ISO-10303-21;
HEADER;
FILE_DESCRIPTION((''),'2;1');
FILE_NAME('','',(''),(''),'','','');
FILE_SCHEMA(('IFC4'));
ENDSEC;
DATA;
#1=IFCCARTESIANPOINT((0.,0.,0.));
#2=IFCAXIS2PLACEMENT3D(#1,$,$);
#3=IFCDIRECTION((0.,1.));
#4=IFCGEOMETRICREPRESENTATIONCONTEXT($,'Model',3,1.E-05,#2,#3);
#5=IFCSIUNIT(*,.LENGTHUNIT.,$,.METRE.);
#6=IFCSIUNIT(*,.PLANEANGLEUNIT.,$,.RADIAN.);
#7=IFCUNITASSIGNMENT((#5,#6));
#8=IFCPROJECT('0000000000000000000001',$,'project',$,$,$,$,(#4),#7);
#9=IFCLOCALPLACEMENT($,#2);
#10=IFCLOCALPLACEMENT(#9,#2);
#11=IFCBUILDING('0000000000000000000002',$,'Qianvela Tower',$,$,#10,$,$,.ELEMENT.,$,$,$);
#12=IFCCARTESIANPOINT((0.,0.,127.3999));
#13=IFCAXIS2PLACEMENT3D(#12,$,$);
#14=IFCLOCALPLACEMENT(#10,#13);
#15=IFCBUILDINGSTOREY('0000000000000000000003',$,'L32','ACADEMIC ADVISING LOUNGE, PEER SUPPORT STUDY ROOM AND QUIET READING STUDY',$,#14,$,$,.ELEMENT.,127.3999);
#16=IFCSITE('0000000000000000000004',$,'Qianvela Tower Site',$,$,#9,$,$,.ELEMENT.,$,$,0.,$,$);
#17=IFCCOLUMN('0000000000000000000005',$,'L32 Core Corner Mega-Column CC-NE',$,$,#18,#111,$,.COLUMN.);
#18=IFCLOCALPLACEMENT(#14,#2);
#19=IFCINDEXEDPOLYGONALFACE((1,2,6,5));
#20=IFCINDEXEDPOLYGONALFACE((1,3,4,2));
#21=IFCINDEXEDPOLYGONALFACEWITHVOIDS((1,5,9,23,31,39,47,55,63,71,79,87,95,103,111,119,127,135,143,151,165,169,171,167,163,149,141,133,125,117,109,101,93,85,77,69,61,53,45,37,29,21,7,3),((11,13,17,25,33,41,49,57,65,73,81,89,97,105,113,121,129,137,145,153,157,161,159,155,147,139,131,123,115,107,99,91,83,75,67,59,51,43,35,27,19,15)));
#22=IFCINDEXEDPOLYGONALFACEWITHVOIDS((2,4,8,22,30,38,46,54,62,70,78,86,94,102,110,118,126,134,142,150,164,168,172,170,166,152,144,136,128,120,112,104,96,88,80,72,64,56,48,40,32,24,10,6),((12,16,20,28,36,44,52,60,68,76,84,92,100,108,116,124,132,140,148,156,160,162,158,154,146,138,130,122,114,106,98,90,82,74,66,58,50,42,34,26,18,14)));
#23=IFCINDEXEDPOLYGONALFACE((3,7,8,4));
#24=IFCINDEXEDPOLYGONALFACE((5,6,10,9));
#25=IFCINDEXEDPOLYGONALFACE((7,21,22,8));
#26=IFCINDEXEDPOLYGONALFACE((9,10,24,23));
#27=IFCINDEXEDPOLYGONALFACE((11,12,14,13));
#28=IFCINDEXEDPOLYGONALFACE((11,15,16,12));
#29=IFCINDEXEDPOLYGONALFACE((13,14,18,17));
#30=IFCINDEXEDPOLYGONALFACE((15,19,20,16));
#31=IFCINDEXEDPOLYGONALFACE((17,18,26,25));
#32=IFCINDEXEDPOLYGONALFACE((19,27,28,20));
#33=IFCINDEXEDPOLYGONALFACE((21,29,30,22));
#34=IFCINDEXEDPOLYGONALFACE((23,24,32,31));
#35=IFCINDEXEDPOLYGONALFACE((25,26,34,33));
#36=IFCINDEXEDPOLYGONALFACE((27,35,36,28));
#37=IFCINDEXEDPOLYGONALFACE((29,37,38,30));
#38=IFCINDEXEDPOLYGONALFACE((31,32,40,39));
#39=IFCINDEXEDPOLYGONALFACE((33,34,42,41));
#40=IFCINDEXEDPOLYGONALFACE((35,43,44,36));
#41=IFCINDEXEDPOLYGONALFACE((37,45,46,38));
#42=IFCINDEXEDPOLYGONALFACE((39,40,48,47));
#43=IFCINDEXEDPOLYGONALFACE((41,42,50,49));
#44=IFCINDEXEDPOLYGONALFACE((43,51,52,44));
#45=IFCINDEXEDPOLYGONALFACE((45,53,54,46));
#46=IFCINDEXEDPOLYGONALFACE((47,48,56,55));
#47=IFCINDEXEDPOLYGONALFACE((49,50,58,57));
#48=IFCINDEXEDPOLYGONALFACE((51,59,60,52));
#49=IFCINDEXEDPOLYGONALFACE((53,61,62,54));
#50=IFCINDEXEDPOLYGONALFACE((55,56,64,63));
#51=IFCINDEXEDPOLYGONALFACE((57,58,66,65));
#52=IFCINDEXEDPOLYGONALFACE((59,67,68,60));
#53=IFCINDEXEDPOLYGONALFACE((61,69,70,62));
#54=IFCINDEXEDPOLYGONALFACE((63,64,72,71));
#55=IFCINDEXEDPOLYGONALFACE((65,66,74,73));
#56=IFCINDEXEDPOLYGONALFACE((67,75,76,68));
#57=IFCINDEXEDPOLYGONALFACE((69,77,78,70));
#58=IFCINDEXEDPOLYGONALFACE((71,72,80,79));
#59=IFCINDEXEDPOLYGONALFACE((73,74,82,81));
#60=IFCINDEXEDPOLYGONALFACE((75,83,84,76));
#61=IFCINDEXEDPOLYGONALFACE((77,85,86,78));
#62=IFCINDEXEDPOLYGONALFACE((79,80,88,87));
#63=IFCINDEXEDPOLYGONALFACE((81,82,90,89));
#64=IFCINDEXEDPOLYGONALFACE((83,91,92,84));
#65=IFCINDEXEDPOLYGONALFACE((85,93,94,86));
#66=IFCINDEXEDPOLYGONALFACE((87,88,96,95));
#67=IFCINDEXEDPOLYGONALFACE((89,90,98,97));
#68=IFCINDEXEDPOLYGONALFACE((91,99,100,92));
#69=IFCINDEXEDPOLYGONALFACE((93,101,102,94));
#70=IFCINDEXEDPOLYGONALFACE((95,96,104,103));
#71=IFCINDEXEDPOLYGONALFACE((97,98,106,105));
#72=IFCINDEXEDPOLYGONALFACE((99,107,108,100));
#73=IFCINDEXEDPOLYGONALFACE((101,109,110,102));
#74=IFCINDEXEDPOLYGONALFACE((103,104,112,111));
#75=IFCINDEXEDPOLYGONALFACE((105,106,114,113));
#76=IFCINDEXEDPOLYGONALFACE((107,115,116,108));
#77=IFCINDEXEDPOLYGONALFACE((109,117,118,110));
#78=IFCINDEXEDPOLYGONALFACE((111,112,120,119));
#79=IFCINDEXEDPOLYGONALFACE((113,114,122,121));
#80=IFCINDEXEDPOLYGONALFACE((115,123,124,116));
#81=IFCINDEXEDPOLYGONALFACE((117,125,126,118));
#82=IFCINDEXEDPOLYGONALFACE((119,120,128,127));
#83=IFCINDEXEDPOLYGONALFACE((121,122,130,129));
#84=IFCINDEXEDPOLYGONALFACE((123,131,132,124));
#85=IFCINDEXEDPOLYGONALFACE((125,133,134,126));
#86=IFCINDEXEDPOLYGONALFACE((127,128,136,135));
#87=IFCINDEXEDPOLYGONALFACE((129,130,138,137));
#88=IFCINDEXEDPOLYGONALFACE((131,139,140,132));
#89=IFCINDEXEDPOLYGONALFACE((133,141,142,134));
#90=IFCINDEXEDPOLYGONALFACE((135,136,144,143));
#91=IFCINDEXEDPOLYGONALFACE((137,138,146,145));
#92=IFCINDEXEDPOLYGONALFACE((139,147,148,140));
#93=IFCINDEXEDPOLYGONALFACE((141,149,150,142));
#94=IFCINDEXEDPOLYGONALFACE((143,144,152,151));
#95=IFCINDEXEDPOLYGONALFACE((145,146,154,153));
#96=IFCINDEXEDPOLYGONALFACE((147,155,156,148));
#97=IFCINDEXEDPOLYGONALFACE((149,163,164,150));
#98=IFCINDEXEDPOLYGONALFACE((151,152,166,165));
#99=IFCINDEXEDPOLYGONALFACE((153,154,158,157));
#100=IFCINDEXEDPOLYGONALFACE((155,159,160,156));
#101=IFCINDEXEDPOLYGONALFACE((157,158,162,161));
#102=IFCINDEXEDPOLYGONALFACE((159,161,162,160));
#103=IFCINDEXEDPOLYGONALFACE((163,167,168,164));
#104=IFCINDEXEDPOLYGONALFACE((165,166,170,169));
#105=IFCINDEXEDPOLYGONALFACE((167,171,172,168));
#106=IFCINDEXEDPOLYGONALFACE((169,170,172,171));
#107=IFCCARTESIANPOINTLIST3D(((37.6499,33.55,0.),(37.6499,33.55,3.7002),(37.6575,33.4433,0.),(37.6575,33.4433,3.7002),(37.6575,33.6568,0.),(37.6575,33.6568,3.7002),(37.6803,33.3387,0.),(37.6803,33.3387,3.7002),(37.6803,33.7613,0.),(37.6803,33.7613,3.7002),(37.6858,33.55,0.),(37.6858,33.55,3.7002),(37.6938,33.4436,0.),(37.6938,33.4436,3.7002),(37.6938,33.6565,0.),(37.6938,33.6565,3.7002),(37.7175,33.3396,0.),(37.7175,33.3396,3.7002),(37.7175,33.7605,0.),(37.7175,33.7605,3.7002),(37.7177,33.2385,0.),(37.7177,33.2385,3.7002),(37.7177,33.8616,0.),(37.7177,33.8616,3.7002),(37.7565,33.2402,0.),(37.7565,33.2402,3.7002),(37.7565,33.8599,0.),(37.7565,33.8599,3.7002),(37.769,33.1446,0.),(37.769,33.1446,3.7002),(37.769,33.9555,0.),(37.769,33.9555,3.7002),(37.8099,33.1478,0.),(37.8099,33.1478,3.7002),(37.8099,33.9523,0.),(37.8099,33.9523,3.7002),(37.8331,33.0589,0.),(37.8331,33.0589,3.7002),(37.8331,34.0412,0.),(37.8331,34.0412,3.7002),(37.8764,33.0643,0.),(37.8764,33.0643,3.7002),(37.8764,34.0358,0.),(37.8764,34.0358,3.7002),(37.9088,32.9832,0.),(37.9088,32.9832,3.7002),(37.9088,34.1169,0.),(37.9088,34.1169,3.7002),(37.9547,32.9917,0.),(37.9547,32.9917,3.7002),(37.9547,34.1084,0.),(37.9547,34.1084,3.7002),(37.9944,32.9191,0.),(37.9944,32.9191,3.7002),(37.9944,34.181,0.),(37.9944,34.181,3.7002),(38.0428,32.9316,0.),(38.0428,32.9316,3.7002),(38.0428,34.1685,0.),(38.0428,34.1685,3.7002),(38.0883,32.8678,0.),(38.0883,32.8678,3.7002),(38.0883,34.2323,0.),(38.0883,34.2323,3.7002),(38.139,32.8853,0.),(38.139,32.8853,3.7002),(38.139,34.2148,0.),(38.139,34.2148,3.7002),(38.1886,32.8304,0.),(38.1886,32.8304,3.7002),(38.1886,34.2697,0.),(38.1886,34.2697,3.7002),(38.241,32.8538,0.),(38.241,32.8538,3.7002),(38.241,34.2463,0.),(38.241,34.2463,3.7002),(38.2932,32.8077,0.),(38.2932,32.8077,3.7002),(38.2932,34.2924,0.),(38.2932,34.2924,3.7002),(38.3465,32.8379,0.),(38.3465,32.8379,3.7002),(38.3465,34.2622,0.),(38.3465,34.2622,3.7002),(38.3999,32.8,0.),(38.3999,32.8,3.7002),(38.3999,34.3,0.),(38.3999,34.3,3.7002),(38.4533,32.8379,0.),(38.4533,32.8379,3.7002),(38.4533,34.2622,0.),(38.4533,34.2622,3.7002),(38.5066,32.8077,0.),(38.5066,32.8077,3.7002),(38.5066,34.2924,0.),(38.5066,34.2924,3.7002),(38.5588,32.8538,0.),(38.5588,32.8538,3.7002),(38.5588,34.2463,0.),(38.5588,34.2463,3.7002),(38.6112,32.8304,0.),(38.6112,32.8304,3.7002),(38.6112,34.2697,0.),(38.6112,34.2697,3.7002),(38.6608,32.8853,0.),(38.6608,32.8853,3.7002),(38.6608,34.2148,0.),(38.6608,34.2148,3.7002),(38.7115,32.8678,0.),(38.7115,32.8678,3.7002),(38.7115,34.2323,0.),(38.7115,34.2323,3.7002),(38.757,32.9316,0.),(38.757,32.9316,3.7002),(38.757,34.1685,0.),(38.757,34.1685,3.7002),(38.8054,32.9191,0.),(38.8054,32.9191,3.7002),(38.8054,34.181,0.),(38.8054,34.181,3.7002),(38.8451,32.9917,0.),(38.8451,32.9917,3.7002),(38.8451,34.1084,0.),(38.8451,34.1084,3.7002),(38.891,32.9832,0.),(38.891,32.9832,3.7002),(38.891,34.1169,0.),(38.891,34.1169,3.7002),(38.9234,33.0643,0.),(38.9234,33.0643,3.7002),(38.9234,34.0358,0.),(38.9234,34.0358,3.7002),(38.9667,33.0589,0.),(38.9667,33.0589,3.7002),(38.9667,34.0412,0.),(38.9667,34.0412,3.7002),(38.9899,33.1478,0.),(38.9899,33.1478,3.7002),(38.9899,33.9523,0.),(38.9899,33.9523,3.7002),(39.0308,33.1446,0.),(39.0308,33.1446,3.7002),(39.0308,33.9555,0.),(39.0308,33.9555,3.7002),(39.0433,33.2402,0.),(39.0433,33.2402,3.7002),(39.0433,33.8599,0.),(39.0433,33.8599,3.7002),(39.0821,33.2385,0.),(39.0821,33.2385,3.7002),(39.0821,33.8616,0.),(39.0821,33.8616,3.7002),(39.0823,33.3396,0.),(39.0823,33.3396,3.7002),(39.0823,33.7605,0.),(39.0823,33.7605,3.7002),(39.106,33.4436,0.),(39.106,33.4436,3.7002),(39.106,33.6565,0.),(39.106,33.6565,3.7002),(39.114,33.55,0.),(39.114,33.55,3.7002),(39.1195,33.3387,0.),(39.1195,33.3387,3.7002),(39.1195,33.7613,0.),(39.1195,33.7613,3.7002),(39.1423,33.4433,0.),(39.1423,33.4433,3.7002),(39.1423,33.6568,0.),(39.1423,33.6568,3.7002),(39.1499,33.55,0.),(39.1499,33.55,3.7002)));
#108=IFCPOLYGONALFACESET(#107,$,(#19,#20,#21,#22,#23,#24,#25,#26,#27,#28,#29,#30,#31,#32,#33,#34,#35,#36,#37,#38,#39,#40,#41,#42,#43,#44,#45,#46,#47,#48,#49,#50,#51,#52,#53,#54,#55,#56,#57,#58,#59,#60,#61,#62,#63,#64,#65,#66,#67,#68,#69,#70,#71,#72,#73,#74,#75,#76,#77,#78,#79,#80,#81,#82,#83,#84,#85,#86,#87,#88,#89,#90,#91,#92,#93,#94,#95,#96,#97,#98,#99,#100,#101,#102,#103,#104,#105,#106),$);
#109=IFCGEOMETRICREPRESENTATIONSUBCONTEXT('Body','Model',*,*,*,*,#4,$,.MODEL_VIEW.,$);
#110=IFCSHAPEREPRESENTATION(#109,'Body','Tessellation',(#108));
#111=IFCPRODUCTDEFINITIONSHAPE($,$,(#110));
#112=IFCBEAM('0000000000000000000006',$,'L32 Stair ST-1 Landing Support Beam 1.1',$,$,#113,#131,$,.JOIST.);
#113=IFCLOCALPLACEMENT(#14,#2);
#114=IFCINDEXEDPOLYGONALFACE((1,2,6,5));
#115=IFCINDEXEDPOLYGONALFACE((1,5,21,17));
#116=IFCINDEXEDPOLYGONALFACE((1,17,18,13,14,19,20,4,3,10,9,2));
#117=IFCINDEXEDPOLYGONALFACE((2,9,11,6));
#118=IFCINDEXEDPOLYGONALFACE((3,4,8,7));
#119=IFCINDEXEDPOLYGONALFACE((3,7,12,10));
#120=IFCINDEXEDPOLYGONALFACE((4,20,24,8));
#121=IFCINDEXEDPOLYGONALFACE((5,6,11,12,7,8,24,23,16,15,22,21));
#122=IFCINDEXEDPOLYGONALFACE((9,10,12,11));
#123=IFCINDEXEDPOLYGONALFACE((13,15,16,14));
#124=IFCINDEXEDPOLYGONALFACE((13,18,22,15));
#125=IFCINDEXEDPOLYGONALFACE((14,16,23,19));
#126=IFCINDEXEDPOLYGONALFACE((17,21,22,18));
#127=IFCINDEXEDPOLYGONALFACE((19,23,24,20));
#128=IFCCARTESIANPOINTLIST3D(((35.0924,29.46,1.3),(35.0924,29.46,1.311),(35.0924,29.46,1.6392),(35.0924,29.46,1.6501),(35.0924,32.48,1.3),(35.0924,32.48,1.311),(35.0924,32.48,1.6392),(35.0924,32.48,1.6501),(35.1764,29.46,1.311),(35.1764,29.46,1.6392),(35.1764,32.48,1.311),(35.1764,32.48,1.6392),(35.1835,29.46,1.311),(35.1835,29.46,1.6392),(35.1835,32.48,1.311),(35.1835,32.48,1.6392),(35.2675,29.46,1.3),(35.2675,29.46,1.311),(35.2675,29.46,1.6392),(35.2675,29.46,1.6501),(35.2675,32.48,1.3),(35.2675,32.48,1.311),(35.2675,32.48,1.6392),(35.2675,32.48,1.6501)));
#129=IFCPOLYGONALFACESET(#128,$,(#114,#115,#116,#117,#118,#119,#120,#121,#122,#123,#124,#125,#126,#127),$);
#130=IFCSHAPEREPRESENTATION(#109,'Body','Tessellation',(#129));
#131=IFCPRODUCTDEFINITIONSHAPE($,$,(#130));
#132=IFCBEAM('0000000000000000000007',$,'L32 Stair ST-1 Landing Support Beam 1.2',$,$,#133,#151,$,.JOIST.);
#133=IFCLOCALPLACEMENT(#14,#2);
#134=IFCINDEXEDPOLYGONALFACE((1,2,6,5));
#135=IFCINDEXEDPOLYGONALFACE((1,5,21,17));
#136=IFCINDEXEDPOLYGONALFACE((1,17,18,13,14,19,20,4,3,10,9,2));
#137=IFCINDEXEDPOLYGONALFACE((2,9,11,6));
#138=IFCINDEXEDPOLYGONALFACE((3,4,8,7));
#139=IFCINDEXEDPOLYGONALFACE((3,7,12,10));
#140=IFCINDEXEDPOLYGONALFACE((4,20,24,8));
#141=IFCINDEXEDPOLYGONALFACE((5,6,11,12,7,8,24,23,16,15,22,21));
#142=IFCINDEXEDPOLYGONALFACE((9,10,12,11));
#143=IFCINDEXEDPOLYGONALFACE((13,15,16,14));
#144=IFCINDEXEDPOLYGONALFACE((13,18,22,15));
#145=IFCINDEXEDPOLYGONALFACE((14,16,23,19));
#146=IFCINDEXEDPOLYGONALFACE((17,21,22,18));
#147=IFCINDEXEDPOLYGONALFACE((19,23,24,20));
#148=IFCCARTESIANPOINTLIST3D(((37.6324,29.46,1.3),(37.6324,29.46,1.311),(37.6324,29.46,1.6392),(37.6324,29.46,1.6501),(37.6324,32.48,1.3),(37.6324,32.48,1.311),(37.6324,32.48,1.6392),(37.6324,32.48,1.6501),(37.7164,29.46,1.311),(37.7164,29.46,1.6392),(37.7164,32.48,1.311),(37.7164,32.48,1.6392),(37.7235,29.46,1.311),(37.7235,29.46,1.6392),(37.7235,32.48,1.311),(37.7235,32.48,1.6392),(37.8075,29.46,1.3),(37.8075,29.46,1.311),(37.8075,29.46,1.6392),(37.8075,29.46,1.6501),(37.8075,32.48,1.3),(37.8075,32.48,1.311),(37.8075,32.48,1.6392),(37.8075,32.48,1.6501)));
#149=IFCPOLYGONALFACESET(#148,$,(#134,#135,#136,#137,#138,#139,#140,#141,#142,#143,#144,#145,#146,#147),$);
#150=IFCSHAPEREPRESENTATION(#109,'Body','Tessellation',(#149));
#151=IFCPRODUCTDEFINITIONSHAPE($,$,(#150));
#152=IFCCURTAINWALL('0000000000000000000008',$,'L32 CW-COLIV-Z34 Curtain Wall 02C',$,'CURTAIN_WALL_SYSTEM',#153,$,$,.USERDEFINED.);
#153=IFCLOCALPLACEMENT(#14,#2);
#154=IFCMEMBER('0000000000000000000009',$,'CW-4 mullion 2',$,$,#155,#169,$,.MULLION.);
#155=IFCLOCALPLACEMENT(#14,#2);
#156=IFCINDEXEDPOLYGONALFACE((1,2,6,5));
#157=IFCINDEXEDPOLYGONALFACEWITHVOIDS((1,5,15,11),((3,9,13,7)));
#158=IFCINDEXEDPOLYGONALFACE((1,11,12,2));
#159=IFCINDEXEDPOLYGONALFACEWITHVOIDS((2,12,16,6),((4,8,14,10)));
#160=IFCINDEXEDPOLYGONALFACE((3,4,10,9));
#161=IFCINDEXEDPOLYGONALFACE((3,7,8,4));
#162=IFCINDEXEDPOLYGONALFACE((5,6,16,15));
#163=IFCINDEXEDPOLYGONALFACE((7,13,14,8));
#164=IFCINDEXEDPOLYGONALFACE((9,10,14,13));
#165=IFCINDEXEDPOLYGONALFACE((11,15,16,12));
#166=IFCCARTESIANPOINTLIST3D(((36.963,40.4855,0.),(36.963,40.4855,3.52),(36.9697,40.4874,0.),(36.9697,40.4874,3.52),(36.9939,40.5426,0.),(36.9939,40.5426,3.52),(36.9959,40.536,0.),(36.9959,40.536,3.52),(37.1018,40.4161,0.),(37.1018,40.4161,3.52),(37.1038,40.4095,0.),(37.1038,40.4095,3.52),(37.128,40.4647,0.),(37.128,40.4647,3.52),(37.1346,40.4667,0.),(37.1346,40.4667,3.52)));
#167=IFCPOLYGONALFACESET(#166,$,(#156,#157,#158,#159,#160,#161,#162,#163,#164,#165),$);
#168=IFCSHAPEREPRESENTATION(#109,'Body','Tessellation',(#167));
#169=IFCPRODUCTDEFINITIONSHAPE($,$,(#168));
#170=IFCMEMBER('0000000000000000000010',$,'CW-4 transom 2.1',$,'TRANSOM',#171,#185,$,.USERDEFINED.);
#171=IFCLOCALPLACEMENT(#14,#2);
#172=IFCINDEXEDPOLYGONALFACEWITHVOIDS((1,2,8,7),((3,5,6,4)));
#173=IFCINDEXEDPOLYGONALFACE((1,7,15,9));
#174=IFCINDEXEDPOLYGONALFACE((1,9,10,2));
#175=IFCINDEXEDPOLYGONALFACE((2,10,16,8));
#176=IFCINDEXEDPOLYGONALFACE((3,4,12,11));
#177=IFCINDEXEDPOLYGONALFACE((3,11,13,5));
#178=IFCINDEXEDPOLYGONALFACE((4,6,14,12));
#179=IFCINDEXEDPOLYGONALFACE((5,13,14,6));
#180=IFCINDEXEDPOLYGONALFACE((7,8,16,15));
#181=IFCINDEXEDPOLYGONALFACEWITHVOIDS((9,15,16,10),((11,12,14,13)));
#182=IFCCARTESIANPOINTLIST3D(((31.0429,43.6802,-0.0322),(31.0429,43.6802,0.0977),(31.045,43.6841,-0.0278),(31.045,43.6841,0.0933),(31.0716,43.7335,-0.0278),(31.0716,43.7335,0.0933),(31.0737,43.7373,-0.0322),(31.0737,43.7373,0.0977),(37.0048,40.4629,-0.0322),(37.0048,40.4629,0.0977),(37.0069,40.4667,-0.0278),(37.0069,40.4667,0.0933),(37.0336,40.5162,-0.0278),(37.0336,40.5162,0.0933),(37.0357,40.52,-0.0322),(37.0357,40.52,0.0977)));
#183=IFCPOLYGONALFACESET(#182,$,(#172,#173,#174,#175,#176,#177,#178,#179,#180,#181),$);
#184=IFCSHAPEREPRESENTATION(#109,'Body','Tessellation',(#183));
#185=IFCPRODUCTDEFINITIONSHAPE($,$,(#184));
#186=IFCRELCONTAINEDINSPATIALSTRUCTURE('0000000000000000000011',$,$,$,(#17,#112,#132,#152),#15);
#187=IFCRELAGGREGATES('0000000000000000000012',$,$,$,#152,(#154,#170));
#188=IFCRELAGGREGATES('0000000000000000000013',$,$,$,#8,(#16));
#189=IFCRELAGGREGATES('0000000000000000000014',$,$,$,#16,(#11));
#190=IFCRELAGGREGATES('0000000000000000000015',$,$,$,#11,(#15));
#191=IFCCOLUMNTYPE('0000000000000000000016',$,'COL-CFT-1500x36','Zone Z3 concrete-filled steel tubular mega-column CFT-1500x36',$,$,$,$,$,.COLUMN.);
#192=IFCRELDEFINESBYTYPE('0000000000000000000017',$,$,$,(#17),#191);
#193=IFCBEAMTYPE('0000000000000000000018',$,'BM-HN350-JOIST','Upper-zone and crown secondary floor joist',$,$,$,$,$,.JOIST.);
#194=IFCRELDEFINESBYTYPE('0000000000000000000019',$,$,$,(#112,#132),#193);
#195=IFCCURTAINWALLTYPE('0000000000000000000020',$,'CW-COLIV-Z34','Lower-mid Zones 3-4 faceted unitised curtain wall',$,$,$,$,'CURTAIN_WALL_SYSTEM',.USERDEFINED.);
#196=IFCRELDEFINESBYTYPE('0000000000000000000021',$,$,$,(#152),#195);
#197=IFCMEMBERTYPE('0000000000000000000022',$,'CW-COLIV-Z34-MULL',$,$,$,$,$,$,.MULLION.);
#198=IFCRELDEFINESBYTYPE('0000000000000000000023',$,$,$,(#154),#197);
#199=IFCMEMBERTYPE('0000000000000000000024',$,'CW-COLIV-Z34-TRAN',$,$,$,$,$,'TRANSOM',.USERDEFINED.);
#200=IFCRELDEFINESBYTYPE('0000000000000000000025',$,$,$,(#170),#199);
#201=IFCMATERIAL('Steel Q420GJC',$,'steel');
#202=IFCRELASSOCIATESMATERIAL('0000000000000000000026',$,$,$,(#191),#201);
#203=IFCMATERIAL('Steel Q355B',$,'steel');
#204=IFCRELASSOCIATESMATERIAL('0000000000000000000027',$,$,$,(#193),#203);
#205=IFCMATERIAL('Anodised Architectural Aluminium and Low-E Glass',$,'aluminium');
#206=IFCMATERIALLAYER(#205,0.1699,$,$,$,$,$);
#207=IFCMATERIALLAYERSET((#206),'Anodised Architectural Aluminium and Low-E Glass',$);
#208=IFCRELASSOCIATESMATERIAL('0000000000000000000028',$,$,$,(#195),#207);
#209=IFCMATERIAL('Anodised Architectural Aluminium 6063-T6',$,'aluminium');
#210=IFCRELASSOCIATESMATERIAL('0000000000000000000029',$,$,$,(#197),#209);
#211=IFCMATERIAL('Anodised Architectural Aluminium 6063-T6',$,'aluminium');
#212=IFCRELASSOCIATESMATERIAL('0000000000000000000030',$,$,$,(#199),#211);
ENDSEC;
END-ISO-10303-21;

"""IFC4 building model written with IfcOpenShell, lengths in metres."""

from ifc_helpers import new_model, si_unit, direction, frame, origin, origin_2d, place, context, subcontext, project, spatial, hollow_rectangle, hollow_circle, i_section, extrude, material, layer, layer_set, material_profile, profile_set, type_object, element, aggregate, save


model = new_model("IFC4")

# Units and contexts
model_context = context("Model", 3, precision=1e-05, world=origin(), true_north=direction((0.0, 1.0)))
body_context = subcontext(model_context, "Body", "Model", "MODEL_VIEW")
ifc_project = project(units=[si_unit("LENGTHUNIT", "METRE"), si_unit("PLANEANGLEUNIT", "RADIAN")], contexts=[model_context])

# Site, building, storey
site_placement = place(None, origin())
site = spatial("IfcSite", under=ifc_project, at=site_placement, Name="Qianvela Tower Site", CompositionType="ELEMENT", RefElevation=0.0)
building_placement = place(site_placement, origin())
building = spatial("IfcBuilding", under=site, at=building_placement, Name="Qianvela Tower", CompositionType="ELEMENT")
storey_placement = place(building_placement, frame((0.0, 0.0, 127.3999)))
storey = spatial("IfcBuildingStorey", under=building, at=storey_placement, Name="L32", Description="ACADEMIC ADVISING LOUNGE, PEER SUPPORT STUDY ROOM AND QUIET READING STUDY", CompositionType="ELEMENT", Elevation=127.3999)

# Column
ifc_material_1 = material(Name="Steel Q420GJC", Category="steel")
ifc_material_profile_1 = material_profile(ifc_material_1, hollow_circle(Radius=0.75, WallThickness=0.0359, at=origin_2d()), Name="CFT-1500x36")
ifc_profile_set_1 = profile_set([ifc_material_profile_1], Name="Steel Q420GJC")
column_type = type_object("IfcColumnType", Name="COL-CFT-1500x36", Description="Zone Z3 concrete-filled steel tubular mega-column CFT-1500x36", PredefinedType="COLUMN", material=ifc_profile_set_1)
column_placement = place(storey_placement, frame((38.3999, 33.55, 0.0), z_axis=(0.0, 0.0, 1.0), x_axis=(1.0, 0.0, 0.0)))
element("IfcColumn", 1, at=column_placement, inside=storey, type_object=column_type, Name="L32 Core Corner Mega-Column CC-NE", PredefinedType="COLUMN", context=body_context, shape_type="SweptSolid", body=[
    extrude(hollow_circle(Radius=0.75, WallThickness=0.0359, at=origin_2d()), origin(), (0.0, 0.0, 1.0), 3.7002),
])

# Beams
ifc_material_2 = material(Name="Steel Q355B", Category="steel")
ifc_material_profile_2 = material_profile(ifc_material_2, i_section(OverallWidth=0.175, OverallDepth=0.3501, WebThickness=0.0071, FlangeThickness=0.011, at=origin_2d()), Name="HN350x175x7x11")
ifc_profile_set_2 = profile_set([ifc_material_profile_2], Name="Steel Q355B")
beam_type = type_object("IfcBeamType", Name="BM-HN350-JOIST", Description="Upper-zone and crown secondary floor joist", PredefinedType="JOIST", material=ifc_profile_set_2)
for number, where, z_axis, x_axis, name in (
    (2, (35.1799, 29.46, 1.4751), (0.0, 1.0, 0.0), (-1.0, 0.0, 0.0), "L32 Stair ST-1 Landing Support Beam 1.1"),
    (3, (37.72, 29.46, 1.4751), (0.0, 1.0, 0.0), (-1.0, 0.0, 0.0), "L32 Stair ST-1 Landing Support Beam 1.2"),
):
    element("IfcBeam", number, at=place(storey_placement, frame(where, z_axis=z_axis, x_axis=x_axis)), inside=storey, type_object=beam_type, Name=name, PredefinedType="JOIST", context=body_context, shape_type="SweptSolid", body=[
        extrude(i_section(OverallWidth=0.175, OverallDepth=0.3501, WebThickness=0.0071, FlangeThickness=0.011, at=origin_2d()), origin(), (0.0, 0.0, 1.0), 3.02),
    ])

# Curtain wall, members
ifc_material_3 = material(Name="Anodised Architectural Aluminium and Low-E Glass", Category="aluminium")
ifc_layer_1 = layer(ifc_material_3, 0.1699)
ifc_layer_set_1 = layer_set([ifc_layer_1], Name="Anodised Architectural Aluminium and Low-E Glass")
curtain_wall_type = type_object("IfcCurtainWallType", Name="CW-COLIV-Z34", Description="Lower-mid Zones 3-4 faceted unitised curtain wall", ElementType="CURTAIN_WALL_SYSTEM", PredefinedType="USERDEFINED", material=ifc_layer_set_1)
curtain_wall_placement = place(storey_placement, origin())
curtain_wall = element("IfcCurtainWall", 4, at=curtain_wall_placement, inside=storey, type_object=curtain_wall_type, Name="L32 CW-COLIV-Z34 Curtain Wall 02C", ObjectType="CURTAIN_WALL_SYSTEM", PredefinedType="USERDEFINED")
ifc_material_4 = material(Name="Anodised Architectural Aluminium 6063-T6", Category="aluminium")
ifc_material_profile_3 = material_profile(ifc_material_4, hollow_rectangle(XDim=0.0649, YDim=0.1599, WallThickness=0.0049, at=origin_2d()), Name="ALU-MULL-65x160")
ifc_profile_set_3 = profile_set([ifc_material_profile_3], Name="Anodised Architectural Aluminium 6063-T6")
member_type_1 = type_object("IfcMemberType", Name="CW-COLIV-Z34-MULL", PredefinedType="MULLION", material=ifc_profile_set_3)
member_1_placement = place(storey_placement, frame((37.0488, 40.4761, 0.0), z_axis=(0.0, 0.0, 1.0), x_axis=(-0.474906, -0.880037, 0.0)))
member_1 = element("IfcMember", 5, at=member_1_placement, type_object=member_type_1, Name="CW-4 mullion 2", PredefinedType="MULLION", context=body_context, shape_type="SweptSolid", body=[
    extrude(hollow_rectangle(XDim=0.0649, YDim=0.1599, WallThickness=0.0049, at=origin_2d()), origin(), (0.0, 0.0, 1.0), 3.52),
])
ifc_material_5 = material(Name="Anodised Architectural Aluminium 6063-T6", Category="aluminium")
ifc_material_profile_4 = material_profile(ifc_material_5, hollow_rectangle(XDim=0.0649, YDim=0.1299, WallThickness=0.0044, at=origin_2d()), Name="ALU-TRAN-65x130")
ifc_profile_set_4 = profile_set([ifc_material_profile_4], Name="Anodised Architectural Aluminium 6063-T6")
member_type_2 = type_object("IfcMemberType", Name="CW-COLIV-Z34-TRAN", ElementType="TRANSOM", PredefinedType="USERDEFINED", material=ifc_profile_set_4)
member_2_placement = place(storey_placement, frame((37.0203, 40.4915, 0.0327), z_axis=(-0.880038, 0.474903, 0.0), x_axis=(-0.474903, -0.880038, 0.0)))
member_2 = element("IfcMember", 6, at=member_2_placement, type_object=member_type_2, Name="CW-4 transom 2.1", ObjectType="TRANSOM", PredefinedType="USERDEFINED", context=body_context, shape_type="SweptSolid", body=[
    extrude(hollow_rectangle(XDim=0.0649, YDim=0.1299, WallThickness=0.0044, at=origin_2d()), origin(), (0.0, 0.0, 1.0), 6.7747),
])
aggregate(curtain_wall, [member_1, member_2])

save(model, "model.ifc")
